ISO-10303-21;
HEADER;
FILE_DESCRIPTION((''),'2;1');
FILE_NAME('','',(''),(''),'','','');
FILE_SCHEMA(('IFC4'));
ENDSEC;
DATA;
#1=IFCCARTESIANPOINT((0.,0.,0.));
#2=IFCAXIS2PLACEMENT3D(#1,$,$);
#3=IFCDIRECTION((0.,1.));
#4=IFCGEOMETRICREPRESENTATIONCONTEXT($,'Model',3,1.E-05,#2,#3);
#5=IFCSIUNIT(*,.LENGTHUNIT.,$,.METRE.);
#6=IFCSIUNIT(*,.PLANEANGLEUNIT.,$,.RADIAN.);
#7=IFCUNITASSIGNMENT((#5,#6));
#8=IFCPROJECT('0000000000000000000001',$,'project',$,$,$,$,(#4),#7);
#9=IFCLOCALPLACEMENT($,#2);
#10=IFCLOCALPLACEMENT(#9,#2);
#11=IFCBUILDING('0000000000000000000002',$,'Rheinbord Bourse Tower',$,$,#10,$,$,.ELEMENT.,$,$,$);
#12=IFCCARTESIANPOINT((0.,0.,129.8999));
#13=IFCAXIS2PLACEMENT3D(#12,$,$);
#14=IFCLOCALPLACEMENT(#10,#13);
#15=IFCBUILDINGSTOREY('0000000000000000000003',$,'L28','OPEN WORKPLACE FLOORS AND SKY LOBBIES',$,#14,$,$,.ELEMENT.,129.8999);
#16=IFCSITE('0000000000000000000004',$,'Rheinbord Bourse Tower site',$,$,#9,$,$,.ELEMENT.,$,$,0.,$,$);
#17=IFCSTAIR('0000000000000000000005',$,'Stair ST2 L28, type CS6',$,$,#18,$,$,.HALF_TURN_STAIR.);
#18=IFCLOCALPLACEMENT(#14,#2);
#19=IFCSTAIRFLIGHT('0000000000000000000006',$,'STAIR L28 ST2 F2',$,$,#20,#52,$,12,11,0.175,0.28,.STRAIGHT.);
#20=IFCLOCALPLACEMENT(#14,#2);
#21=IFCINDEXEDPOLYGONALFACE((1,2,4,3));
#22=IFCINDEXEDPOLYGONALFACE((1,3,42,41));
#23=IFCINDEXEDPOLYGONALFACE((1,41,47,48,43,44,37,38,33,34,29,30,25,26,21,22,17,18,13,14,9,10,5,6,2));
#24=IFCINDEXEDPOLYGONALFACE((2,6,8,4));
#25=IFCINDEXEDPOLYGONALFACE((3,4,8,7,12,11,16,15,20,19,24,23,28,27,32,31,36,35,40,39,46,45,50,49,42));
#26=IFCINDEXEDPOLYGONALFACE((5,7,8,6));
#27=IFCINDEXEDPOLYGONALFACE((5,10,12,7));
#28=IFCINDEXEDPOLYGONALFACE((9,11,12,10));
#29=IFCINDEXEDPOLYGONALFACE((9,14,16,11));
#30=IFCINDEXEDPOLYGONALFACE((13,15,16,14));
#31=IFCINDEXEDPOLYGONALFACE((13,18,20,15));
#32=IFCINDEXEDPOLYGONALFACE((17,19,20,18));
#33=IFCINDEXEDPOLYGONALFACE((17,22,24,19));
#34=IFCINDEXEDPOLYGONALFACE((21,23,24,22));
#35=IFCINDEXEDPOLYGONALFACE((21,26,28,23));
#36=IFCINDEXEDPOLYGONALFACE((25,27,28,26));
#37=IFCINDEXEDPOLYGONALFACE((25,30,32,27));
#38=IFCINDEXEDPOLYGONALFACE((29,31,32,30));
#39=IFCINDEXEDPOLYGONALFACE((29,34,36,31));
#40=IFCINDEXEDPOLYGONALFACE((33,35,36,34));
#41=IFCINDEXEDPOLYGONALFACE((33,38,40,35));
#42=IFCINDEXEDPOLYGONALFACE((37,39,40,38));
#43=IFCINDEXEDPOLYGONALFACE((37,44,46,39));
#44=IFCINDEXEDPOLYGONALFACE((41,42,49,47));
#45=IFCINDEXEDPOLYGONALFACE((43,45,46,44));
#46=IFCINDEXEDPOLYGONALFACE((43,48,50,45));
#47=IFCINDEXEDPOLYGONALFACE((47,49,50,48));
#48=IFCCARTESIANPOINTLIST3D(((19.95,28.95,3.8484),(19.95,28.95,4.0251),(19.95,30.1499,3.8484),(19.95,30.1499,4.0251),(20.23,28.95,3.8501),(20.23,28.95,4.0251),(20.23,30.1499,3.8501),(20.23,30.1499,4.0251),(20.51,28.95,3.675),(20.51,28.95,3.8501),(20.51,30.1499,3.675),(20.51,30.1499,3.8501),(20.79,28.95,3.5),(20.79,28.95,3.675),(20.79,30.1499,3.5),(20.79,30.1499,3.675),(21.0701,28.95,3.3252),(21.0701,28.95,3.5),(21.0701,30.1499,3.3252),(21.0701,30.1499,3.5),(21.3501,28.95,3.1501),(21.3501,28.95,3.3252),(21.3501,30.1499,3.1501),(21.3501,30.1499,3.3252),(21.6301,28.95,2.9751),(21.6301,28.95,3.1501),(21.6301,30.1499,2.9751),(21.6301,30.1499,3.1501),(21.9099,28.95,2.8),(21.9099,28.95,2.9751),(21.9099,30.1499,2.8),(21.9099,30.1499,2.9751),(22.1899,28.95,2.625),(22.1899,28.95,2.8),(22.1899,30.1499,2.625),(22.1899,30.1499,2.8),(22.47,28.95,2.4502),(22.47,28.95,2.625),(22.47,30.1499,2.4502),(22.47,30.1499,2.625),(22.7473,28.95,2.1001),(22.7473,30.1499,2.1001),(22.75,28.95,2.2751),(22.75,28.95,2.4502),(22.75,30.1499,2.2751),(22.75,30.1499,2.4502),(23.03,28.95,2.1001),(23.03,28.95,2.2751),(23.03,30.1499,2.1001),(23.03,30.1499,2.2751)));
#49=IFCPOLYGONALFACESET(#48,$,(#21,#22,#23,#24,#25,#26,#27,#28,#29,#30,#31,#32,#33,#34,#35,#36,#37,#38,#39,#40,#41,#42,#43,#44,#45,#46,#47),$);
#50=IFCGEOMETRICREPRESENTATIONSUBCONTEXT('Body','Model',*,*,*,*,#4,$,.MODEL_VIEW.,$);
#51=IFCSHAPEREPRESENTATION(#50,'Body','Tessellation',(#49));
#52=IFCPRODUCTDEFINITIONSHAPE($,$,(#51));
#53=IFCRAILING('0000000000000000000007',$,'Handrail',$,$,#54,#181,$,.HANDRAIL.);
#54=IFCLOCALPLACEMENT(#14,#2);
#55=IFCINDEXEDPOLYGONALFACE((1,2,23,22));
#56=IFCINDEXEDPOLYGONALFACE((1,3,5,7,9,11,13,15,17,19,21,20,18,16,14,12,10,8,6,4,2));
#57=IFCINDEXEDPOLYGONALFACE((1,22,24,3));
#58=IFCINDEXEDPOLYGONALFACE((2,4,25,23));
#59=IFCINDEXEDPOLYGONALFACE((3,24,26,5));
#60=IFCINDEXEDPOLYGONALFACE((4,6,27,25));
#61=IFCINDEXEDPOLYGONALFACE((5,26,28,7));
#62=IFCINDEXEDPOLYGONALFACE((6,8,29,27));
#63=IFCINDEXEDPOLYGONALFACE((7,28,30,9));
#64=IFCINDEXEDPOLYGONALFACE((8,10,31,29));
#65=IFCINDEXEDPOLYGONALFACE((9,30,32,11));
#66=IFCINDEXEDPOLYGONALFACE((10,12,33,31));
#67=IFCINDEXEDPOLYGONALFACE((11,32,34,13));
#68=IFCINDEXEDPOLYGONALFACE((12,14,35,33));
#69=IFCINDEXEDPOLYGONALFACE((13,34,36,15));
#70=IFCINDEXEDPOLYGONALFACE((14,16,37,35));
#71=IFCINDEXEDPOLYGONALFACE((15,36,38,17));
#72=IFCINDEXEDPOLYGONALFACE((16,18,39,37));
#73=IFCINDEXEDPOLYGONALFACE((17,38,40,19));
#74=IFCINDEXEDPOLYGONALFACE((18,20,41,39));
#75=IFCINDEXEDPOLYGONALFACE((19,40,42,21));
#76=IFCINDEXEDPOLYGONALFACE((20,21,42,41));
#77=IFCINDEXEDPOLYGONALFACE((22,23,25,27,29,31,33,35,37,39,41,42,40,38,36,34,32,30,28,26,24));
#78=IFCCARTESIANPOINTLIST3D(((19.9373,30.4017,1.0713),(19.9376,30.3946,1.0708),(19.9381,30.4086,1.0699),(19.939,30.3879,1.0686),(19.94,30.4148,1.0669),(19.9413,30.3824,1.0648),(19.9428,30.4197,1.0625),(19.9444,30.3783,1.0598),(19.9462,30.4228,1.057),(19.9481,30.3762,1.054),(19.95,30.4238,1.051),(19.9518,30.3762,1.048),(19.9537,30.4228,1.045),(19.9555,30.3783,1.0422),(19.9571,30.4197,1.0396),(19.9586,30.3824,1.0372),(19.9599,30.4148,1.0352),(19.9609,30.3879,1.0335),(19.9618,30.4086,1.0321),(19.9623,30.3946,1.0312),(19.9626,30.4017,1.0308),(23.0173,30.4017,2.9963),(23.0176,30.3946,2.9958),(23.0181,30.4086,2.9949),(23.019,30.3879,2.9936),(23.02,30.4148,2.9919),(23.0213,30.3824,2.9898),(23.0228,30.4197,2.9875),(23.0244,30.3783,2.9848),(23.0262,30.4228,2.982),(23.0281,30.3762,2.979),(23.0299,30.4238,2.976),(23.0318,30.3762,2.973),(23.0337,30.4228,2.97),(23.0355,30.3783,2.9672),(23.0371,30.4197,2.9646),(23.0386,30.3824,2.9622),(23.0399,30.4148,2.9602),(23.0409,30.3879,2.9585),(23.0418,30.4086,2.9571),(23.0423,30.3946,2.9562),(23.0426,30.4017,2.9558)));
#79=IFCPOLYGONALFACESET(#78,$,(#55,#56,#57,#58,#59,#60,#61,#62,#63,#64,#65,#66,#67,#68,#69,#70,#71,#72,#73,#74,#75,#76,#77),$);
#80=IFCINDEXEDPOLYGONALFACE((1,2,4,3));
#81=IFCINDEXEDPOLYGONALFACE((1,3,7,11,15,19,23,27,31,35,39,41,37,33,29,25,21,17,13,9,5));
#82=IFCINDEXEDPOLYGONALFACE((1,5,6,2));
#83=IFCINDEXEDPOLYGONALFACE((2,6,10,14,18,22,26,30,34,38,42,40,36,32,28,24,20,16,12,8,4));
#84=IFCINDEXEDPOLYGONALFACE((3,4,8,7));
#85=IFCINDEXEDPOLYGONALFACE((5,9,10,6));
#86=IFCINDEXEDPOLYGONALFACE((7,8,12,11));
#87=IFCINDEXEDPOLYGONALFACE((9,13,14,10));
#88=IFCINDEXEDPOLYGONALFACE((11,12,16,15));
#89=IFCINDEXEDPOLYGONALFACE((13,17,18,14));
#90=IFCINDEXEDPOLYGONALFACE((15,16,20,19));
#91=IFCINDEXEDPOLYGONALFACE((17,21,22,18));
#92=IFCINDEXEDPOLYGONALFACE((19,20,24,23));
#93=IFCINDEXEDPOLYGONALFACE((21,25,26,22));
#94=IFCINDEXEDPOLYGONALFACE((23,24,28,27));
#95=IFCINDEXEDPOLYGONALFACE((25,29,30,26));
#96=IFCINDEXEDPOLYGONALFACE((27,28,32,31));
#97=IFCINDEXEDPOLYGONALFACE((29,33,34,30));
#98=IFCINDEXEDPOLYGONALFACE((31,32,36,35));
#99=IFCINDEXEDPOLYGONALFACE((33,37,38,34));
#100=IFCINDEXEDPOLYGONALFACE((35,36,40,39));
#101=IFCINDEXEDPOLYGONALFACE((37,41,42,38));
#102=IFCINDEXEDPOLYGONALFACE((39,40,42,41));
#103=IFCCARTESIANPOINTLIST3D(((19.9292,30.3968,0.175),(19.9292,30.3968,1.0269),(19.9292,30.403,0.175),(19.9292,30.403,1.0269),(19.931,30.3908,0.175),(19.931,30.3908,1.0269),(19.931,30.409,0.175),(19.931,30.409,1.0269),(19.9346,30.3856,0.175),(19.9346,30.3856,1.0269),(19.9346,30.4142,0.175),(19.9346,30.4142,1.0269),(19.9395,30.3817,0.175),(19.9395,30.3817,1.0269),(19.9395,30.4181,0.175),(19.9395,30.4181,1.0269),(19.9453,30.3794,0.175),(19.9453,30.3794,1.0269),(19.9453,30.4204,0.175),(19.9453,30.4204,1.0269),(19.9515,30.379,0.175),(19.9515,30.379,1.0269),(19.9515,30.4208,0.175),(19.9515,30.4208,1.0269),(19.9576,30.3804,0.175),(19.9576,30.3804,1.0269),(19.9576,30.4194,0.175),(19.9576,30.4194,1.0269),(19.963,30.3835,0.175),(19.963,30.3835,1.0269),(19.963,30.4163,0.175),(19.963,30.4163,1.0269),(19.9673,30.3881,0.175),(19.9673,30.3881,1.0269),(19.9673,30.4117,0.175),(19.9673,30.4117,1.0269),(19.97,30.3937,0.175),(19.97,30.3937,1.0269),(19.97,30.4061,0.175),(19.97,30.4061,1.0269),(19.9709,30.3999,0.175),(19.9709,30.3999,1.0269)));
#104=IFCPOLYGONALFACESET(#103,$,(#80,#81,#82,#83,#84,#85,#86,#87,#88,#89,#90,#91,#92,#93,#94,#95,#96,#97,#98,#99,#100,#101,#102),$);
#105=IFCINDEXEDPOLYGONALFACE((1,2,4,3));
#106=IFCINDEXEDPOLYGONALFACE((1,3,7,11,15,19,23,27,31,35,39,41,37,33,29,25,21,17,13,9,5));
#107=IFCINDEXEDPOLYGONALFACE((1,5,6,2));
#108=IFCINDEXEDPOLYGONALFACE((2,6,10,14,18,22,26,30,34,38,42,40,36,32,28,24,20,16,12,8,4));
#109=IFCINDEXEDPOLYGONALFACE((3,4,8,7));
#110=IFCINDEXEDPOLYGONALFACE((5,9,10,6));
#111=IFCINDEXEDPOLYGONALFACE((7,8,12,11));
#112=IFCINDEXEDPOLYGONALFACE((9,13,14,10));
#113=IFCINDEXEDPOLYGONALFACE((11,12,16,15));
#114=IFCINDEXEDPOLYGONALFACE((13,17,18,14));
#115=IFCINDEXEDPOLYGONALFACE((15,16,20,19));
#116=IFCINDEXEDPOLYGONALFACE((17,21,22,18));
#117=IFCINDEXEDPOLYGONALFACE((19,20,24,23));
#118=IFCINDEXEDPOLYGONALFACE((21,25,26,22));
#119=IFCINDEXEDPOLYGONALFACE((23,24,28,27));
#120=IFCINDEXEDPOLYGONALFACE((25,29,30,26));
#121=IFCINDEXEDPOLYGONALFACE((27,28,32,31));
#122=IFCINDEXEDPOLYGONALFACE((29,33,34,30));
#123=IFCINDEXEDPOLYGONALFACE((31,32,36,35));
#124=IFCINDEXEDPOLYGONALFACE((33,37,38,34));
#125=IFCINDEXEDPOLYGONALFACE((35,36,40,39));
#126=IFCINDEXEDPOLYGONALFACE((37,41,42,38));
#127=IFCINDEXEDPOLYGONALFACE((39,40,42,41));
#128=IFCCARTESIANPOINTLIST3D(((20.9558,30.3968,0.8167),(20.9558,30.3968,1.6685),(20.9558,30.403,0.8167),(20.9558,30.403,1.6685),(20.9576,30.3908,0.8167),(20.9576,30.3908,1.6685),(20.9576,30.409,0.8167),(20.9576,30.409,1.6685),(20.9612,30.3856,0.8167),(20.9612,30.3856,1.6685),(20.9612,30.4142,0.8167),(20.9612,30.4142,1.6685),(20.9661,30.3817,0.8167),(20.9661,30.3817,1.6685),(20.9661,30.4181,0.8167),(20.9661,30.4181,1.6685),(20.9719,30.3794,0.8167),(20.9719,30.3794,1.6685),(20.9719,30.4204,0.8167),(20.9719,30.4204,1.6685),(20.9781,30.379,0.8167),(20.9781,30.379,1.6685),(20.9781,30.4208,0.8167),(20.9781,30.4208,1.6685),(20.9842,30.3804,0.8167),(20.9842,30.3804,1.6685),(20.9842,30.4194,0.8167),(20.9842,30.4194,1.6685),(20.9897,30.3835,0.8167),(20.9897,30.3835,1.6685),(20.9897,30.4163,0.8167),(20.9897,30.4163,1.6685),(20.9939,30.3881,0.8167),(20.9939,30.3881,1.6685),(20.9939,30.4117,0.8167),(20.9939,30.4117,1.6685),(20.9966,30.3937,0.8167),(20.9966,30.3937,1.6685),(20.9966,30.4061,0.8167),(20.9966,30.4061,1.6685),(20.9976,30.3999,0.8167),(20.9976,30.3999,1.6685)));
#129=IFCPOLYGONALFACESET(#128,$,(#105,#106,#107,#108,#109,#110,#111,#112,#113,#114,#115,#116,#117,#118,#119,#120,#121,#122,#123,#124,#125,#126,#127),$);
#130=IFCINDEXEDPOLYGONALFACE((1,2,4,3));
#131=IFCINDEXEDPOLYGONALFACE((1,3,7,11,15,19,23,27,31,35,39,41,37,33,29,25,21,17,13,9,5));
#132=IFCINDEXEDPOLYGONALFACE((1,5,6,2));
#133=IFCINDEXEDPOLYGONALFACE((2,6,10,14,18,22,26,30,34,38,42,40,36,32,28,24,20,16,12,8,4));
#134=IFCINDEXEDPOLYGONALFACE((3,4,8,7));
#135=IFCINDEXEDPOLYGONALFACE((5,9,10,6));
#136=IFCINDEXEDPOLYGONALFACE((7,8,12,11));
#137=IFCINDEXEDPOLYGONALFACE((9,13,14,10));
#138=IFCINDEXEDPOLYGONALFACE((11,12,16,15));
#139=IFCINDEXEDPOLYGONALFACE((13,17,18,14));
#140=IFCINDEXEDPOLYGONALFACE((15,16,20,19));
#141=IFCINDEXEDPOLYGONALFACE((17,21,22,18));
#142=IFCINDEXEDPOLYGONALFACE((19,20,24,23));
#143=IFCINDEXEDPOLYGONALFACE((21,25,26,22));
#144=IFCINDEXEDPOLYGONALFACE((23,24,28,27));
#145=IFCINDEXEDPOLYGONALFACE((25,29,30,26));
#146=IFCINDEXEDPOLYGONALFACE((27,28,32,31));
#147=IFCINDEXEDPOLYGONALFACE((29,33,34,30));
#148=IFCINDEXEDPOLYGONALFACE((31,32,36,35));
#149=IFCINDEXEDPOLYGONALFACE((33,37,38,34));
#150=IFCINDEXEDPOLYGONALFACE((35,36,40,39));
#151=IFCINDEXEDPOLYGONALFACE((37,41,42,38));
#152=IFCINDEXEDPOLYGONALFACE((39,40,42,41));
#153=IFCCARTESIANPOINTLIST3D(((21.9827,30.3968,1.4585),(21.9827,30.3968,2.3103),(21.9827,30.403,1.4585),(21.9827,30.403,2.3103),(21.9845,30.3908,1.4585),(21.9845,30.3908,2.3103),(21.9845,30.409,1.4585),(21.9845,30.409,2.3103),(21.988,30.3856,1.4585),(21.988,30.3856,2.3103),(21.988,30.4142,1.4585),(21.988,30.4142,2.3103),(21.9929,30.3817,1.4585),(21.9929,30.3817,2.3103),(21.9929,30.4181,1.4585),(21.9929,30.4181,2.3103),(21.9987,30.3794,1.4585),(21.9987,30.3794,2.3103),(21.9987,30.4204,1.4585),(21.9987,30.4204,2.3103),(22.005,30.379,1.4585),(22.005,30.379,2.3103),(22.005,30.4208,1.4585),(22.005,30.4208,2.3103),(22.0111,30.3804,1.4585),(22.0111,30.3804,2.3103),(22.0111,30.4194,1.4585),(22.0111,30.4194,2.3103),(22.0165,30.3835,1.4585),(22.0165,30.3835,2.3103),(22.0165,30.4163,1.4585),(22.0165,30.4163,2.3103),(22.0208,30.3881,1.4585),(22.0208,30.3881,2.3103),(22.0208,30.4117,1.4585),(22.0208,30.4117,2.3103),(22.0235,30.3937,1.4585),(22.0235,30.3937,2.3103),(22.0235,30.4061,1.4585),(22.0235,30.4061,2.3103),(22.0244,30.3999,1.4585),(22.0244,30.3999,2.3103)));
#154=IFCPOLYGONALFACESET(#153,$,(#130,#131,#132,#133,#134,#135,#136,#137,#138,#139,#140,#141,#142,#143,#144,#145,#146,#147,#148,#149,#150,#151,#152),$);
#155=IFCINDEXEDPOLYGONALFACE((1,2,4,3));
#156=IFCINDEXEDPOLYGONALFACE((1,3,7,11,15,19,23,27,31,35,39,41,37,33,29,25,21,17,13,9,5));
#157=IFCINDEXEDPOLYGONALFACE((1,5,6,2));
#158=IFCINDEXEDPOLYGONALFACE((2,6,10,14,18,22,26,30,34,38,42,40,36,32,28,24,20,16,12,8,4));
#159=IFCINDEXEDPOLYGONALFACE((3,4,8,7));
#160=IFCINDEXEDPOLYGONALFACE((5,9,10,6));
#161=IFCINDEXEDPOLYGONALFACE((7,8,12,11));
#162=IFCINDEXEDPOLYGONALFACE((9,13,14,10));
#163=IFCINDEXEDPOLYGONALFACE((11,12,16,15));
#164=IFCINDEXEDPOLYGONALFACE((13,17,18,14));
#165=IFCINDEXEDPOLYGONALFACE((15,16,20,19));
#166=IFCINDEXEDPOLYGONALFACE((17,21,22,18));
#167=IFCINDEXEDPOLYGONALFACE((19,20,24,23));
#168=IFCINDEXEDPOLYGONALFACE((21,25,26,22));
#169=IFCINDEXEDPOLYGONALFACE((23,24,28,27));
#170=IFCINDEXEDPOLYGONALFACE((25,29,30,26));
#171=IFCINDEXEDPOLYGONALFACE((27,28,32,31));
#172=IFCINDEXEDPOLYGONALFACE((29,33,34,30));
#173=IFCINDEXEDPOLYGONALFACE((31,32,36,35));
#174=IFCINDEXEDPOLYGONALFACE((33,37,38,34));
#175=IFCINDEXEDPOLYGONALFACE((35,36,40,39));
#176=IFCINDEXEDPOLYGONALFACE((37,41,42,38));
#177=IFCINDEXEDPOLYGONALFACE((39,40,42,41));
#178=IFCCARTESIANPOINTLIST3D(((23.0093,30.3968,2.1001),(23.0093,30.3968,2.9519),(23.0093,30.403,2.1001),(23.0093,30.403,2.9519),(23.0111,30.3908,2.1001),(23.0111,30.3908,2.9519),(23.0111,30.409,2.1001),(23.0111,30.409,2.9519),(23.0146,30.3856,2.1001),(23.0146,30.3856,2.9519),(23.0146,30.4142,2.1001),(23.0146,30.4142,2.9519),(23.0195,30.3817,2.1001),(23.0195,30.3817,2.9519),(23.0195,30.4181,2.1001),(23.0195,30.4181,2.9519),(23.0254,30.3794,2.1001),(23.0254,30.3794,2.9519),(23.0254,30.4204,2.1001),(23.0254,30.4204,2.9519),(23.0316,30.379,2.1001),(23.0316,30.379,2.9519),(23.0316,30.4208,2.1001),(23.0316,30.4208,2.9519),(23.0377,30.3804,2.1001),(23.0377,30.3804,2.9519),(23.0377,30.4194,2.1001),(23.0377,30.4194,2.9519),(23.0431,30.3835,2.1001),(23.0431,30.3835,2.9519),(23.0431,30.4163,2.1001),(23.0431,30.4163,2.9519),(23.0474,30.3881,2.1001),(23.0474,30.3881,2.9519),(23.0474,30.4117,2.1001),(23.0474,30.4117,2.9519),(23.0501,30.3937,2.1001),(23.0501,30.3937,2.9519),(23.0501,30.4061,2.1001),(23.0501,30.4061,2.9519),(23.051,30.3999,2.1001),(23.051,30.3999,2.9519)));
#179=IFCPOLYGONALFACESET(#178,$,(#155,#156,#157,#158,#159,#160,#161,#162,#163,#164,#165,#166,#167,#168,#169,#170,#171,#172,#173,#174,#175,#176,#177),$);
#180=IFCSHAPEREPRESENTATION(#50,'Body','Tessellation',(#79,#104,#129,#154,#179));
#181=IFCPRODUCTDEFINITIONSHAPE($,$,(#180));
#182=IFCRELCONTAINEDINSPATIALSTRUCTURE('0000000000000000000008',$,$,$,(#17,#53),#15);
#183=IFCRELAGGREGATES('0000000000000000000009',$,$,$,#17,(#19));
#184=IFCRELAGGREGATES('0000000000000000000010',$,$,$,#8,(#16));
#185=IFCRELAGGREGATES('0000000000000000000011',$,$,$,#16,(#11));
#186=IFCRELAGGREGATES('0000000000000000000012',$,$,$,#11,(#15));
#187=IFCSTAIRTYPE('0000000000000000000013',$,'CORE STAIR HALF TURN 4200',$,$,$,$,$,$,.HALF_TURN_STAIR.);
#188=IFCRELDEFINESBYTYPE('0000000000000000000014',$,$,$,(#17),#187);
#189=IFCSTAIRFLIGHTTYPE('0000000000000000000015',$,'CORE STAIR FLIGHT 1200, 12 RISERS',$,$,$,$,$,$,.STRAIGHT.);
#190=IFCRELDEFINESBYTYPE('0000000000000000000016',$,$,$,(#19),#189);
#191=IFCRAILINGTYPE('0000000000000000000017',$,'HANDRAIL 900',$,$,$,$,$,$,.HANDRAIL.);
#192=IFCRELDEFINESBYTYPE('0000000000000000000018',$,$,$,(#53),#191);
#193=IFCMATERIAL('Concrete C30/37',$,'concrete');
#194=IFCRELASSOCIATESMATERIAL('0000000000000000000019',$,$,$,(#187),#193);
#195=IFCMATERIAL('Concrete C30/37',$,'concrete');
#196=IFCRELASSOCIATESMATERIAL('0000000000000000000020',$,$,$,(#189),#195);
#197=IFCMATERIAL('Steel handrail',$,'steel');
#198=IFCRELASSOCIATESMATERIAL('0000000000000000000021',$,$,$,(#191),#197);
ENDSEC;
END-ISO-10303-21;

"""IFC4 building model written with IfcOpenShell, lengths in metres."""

from ifc_helpers import new_model, si_unit, direction, frame, origin, origin_2d, place, context, subcontext, project, spatial, polyline, circle, outline, extrude, material, type_object, element, aggregate, save


model = new_model("IFC4")

# Units and contexts
model_context = context("Model", 3, precision=1e-05, world=origin(), true_north=direction((0.0, 1.0)))
body_context = subcontext(model_context, "Body", "Model", "MODEL_VIEW")
ifc_project = project(units=[si_unit("LENGTHUNIT", "METRE"), si_unit("PLANEANGLEUNIT", "RADIAN")], contexts=[model_context])

# Site, building, storey
site_placement = place(None, origin())
site = spatial("IfcSite", under=ifc_project, at=site_placement, Name="Rheinbord Bourse Tower site", CompositionType="ELEMENT", RefElevation=0.0)
building_placement = place(site_placement, origin())
building = spatial("IfcBuilding", under=site, at=building_placement, Name="Rheinbord Bourse Tower", CompositionType="ELEMENT")
storey_placement = place(building_placement, frame((0.0, 0.0, 129.8999)))
storey = spatial("IfcBuildingStorey", under=building, at=storey_placement, Name="L28", Description="OPEN WORKPLACE FLOORS AND SKY LOBBIES", CompositionType="ELEMENT", Elevation=129.8999)

# Stair, stair flight
ifc_material_1 = material(Name="Concrete C30/37", Category="concrete")
stair_type = type_object("IfcStairType", Name="CORE STAIR HALF TURN 4200", PredefinedType="HALF_TURN_STAIR", material=ifc_material_1)
stair_placement = place(storey_placement, origin())
stair = element("IfcStair", 1, at=stair_placement, inside=storey, type_object=stair_type, Name="Stair ST2 L28, type CS6", PredefinedType="HALF_TURN_STAIR")
ifc_material_2 = material(Name="Concrete C30/37", Category="concrete")
stair_flight_type = type_object("IfcStairFlightType", Name="CORE STAIR FLIGHT 1200, 12 RISERS", PredefinedType="STRAIGHT", material=ifc_material_2)
stair_flight_1_placement = place(storey_placement, frame((23.03, 29.55, 2.1001), z_axis=(0.0, 0.0, 1.0), x_axis=(-1.0, 0.0, 0.0)))
stair_flight_1 = element("IfcStairFlight", 2, at=stair_flight_1_placement, type_object=stair_flight_type, Name="STAIR L28 ST2 F2", NumberOfRisers=12, NumberOfTreads=11, PredefinedType="STRAIGHT", RiserHeight=0.175, TreadLength=0.28, context=body_context, shape_type="SweptSolid", body=[
    extrude(outline(polyline([(0.0, 0.0), (0.0, 0.175), (0.28, 0.175), (0.28, 0.3501), (0.5601, 0.3501), (0.5601, 0.5249), (0.8401, 0.5249), (0.8401, 0.7), (1.1201, 0.7), (1.1201, 0.875), (1.3999, 0.875), (1.3999, 1.05), (1.6799, 1.05), (1.6799, 1.2251), (1.96, 1.2251), (1.96, 1.3999), (2.24, 1.3999), (2.24, 1.575), (2.52, 1.575), (2.52, 1.75), (2.8, 1.75), (2.8, 1.925), (3.0801, 1.925), (3.0801, 2.1001), (3.0801, 1.7483), (0.2827, 0.0), (0.0, 0.0)])), frame((0.0, 0.6001, 0.0), z_axis=(0.0, -1.0, 0.0), x_axis=(1.0, 0.0, 0.0)), (0.0, 0.0, 1.0), 1.2),
])
aggregate(stair, [stair_flight_1])

# Railing
ifc_material_3 = material(Name="Steel handrail", Category="steel")
railing_type = type_object("IfcRailingType", Name="HANDRAIL 900", PredefinedType="HANDRAIL", material=ifc_material_3)
railing_1_placement = place(storey_placement, frame((19.95, 30.3999, 0.175)))
element("IfcRailing", 3, at=railing_1_placement, inside=storey, type_object=railing_type, Name="Handrail", PredefinedType="HANDRAIL", context=body_context, shape_type="SweptSolid", body=[
    extrude(circle(Radius=0.0239, at=origin_2d()), frame((0.0, 0.0, 0.876), z_axis=(0.847998, 0.0, 0.529999), x_axis=(0.0, 1.0, 0.0)), (0.0, 0.0, 1.0), 3.6321),
    extrude(circle(Radius=0.021, at=origin_2d()), origin(), (0.0, 0.0, 1.0), 0.8518),
    extrude(circle(Radius=0.021, at=origin_2d()), frame((1.0266, 0.0, 0.6416)), (0.0, 0.0, 1.0), 0.8518),
    extrude(circle(Radius=0.021, at=origin_2d()), frame((2.0535, 0.0, 1.2834)), (0.0, 0.0, 1.0), 0.8518),
    extrude(circle(Radius=0.021, at=origin_2d()), frame((3.0801, 0.0, 1.925)), (0.0, 0.0, 1.0), 0.8518),
])

save(model, "model.ifc")
